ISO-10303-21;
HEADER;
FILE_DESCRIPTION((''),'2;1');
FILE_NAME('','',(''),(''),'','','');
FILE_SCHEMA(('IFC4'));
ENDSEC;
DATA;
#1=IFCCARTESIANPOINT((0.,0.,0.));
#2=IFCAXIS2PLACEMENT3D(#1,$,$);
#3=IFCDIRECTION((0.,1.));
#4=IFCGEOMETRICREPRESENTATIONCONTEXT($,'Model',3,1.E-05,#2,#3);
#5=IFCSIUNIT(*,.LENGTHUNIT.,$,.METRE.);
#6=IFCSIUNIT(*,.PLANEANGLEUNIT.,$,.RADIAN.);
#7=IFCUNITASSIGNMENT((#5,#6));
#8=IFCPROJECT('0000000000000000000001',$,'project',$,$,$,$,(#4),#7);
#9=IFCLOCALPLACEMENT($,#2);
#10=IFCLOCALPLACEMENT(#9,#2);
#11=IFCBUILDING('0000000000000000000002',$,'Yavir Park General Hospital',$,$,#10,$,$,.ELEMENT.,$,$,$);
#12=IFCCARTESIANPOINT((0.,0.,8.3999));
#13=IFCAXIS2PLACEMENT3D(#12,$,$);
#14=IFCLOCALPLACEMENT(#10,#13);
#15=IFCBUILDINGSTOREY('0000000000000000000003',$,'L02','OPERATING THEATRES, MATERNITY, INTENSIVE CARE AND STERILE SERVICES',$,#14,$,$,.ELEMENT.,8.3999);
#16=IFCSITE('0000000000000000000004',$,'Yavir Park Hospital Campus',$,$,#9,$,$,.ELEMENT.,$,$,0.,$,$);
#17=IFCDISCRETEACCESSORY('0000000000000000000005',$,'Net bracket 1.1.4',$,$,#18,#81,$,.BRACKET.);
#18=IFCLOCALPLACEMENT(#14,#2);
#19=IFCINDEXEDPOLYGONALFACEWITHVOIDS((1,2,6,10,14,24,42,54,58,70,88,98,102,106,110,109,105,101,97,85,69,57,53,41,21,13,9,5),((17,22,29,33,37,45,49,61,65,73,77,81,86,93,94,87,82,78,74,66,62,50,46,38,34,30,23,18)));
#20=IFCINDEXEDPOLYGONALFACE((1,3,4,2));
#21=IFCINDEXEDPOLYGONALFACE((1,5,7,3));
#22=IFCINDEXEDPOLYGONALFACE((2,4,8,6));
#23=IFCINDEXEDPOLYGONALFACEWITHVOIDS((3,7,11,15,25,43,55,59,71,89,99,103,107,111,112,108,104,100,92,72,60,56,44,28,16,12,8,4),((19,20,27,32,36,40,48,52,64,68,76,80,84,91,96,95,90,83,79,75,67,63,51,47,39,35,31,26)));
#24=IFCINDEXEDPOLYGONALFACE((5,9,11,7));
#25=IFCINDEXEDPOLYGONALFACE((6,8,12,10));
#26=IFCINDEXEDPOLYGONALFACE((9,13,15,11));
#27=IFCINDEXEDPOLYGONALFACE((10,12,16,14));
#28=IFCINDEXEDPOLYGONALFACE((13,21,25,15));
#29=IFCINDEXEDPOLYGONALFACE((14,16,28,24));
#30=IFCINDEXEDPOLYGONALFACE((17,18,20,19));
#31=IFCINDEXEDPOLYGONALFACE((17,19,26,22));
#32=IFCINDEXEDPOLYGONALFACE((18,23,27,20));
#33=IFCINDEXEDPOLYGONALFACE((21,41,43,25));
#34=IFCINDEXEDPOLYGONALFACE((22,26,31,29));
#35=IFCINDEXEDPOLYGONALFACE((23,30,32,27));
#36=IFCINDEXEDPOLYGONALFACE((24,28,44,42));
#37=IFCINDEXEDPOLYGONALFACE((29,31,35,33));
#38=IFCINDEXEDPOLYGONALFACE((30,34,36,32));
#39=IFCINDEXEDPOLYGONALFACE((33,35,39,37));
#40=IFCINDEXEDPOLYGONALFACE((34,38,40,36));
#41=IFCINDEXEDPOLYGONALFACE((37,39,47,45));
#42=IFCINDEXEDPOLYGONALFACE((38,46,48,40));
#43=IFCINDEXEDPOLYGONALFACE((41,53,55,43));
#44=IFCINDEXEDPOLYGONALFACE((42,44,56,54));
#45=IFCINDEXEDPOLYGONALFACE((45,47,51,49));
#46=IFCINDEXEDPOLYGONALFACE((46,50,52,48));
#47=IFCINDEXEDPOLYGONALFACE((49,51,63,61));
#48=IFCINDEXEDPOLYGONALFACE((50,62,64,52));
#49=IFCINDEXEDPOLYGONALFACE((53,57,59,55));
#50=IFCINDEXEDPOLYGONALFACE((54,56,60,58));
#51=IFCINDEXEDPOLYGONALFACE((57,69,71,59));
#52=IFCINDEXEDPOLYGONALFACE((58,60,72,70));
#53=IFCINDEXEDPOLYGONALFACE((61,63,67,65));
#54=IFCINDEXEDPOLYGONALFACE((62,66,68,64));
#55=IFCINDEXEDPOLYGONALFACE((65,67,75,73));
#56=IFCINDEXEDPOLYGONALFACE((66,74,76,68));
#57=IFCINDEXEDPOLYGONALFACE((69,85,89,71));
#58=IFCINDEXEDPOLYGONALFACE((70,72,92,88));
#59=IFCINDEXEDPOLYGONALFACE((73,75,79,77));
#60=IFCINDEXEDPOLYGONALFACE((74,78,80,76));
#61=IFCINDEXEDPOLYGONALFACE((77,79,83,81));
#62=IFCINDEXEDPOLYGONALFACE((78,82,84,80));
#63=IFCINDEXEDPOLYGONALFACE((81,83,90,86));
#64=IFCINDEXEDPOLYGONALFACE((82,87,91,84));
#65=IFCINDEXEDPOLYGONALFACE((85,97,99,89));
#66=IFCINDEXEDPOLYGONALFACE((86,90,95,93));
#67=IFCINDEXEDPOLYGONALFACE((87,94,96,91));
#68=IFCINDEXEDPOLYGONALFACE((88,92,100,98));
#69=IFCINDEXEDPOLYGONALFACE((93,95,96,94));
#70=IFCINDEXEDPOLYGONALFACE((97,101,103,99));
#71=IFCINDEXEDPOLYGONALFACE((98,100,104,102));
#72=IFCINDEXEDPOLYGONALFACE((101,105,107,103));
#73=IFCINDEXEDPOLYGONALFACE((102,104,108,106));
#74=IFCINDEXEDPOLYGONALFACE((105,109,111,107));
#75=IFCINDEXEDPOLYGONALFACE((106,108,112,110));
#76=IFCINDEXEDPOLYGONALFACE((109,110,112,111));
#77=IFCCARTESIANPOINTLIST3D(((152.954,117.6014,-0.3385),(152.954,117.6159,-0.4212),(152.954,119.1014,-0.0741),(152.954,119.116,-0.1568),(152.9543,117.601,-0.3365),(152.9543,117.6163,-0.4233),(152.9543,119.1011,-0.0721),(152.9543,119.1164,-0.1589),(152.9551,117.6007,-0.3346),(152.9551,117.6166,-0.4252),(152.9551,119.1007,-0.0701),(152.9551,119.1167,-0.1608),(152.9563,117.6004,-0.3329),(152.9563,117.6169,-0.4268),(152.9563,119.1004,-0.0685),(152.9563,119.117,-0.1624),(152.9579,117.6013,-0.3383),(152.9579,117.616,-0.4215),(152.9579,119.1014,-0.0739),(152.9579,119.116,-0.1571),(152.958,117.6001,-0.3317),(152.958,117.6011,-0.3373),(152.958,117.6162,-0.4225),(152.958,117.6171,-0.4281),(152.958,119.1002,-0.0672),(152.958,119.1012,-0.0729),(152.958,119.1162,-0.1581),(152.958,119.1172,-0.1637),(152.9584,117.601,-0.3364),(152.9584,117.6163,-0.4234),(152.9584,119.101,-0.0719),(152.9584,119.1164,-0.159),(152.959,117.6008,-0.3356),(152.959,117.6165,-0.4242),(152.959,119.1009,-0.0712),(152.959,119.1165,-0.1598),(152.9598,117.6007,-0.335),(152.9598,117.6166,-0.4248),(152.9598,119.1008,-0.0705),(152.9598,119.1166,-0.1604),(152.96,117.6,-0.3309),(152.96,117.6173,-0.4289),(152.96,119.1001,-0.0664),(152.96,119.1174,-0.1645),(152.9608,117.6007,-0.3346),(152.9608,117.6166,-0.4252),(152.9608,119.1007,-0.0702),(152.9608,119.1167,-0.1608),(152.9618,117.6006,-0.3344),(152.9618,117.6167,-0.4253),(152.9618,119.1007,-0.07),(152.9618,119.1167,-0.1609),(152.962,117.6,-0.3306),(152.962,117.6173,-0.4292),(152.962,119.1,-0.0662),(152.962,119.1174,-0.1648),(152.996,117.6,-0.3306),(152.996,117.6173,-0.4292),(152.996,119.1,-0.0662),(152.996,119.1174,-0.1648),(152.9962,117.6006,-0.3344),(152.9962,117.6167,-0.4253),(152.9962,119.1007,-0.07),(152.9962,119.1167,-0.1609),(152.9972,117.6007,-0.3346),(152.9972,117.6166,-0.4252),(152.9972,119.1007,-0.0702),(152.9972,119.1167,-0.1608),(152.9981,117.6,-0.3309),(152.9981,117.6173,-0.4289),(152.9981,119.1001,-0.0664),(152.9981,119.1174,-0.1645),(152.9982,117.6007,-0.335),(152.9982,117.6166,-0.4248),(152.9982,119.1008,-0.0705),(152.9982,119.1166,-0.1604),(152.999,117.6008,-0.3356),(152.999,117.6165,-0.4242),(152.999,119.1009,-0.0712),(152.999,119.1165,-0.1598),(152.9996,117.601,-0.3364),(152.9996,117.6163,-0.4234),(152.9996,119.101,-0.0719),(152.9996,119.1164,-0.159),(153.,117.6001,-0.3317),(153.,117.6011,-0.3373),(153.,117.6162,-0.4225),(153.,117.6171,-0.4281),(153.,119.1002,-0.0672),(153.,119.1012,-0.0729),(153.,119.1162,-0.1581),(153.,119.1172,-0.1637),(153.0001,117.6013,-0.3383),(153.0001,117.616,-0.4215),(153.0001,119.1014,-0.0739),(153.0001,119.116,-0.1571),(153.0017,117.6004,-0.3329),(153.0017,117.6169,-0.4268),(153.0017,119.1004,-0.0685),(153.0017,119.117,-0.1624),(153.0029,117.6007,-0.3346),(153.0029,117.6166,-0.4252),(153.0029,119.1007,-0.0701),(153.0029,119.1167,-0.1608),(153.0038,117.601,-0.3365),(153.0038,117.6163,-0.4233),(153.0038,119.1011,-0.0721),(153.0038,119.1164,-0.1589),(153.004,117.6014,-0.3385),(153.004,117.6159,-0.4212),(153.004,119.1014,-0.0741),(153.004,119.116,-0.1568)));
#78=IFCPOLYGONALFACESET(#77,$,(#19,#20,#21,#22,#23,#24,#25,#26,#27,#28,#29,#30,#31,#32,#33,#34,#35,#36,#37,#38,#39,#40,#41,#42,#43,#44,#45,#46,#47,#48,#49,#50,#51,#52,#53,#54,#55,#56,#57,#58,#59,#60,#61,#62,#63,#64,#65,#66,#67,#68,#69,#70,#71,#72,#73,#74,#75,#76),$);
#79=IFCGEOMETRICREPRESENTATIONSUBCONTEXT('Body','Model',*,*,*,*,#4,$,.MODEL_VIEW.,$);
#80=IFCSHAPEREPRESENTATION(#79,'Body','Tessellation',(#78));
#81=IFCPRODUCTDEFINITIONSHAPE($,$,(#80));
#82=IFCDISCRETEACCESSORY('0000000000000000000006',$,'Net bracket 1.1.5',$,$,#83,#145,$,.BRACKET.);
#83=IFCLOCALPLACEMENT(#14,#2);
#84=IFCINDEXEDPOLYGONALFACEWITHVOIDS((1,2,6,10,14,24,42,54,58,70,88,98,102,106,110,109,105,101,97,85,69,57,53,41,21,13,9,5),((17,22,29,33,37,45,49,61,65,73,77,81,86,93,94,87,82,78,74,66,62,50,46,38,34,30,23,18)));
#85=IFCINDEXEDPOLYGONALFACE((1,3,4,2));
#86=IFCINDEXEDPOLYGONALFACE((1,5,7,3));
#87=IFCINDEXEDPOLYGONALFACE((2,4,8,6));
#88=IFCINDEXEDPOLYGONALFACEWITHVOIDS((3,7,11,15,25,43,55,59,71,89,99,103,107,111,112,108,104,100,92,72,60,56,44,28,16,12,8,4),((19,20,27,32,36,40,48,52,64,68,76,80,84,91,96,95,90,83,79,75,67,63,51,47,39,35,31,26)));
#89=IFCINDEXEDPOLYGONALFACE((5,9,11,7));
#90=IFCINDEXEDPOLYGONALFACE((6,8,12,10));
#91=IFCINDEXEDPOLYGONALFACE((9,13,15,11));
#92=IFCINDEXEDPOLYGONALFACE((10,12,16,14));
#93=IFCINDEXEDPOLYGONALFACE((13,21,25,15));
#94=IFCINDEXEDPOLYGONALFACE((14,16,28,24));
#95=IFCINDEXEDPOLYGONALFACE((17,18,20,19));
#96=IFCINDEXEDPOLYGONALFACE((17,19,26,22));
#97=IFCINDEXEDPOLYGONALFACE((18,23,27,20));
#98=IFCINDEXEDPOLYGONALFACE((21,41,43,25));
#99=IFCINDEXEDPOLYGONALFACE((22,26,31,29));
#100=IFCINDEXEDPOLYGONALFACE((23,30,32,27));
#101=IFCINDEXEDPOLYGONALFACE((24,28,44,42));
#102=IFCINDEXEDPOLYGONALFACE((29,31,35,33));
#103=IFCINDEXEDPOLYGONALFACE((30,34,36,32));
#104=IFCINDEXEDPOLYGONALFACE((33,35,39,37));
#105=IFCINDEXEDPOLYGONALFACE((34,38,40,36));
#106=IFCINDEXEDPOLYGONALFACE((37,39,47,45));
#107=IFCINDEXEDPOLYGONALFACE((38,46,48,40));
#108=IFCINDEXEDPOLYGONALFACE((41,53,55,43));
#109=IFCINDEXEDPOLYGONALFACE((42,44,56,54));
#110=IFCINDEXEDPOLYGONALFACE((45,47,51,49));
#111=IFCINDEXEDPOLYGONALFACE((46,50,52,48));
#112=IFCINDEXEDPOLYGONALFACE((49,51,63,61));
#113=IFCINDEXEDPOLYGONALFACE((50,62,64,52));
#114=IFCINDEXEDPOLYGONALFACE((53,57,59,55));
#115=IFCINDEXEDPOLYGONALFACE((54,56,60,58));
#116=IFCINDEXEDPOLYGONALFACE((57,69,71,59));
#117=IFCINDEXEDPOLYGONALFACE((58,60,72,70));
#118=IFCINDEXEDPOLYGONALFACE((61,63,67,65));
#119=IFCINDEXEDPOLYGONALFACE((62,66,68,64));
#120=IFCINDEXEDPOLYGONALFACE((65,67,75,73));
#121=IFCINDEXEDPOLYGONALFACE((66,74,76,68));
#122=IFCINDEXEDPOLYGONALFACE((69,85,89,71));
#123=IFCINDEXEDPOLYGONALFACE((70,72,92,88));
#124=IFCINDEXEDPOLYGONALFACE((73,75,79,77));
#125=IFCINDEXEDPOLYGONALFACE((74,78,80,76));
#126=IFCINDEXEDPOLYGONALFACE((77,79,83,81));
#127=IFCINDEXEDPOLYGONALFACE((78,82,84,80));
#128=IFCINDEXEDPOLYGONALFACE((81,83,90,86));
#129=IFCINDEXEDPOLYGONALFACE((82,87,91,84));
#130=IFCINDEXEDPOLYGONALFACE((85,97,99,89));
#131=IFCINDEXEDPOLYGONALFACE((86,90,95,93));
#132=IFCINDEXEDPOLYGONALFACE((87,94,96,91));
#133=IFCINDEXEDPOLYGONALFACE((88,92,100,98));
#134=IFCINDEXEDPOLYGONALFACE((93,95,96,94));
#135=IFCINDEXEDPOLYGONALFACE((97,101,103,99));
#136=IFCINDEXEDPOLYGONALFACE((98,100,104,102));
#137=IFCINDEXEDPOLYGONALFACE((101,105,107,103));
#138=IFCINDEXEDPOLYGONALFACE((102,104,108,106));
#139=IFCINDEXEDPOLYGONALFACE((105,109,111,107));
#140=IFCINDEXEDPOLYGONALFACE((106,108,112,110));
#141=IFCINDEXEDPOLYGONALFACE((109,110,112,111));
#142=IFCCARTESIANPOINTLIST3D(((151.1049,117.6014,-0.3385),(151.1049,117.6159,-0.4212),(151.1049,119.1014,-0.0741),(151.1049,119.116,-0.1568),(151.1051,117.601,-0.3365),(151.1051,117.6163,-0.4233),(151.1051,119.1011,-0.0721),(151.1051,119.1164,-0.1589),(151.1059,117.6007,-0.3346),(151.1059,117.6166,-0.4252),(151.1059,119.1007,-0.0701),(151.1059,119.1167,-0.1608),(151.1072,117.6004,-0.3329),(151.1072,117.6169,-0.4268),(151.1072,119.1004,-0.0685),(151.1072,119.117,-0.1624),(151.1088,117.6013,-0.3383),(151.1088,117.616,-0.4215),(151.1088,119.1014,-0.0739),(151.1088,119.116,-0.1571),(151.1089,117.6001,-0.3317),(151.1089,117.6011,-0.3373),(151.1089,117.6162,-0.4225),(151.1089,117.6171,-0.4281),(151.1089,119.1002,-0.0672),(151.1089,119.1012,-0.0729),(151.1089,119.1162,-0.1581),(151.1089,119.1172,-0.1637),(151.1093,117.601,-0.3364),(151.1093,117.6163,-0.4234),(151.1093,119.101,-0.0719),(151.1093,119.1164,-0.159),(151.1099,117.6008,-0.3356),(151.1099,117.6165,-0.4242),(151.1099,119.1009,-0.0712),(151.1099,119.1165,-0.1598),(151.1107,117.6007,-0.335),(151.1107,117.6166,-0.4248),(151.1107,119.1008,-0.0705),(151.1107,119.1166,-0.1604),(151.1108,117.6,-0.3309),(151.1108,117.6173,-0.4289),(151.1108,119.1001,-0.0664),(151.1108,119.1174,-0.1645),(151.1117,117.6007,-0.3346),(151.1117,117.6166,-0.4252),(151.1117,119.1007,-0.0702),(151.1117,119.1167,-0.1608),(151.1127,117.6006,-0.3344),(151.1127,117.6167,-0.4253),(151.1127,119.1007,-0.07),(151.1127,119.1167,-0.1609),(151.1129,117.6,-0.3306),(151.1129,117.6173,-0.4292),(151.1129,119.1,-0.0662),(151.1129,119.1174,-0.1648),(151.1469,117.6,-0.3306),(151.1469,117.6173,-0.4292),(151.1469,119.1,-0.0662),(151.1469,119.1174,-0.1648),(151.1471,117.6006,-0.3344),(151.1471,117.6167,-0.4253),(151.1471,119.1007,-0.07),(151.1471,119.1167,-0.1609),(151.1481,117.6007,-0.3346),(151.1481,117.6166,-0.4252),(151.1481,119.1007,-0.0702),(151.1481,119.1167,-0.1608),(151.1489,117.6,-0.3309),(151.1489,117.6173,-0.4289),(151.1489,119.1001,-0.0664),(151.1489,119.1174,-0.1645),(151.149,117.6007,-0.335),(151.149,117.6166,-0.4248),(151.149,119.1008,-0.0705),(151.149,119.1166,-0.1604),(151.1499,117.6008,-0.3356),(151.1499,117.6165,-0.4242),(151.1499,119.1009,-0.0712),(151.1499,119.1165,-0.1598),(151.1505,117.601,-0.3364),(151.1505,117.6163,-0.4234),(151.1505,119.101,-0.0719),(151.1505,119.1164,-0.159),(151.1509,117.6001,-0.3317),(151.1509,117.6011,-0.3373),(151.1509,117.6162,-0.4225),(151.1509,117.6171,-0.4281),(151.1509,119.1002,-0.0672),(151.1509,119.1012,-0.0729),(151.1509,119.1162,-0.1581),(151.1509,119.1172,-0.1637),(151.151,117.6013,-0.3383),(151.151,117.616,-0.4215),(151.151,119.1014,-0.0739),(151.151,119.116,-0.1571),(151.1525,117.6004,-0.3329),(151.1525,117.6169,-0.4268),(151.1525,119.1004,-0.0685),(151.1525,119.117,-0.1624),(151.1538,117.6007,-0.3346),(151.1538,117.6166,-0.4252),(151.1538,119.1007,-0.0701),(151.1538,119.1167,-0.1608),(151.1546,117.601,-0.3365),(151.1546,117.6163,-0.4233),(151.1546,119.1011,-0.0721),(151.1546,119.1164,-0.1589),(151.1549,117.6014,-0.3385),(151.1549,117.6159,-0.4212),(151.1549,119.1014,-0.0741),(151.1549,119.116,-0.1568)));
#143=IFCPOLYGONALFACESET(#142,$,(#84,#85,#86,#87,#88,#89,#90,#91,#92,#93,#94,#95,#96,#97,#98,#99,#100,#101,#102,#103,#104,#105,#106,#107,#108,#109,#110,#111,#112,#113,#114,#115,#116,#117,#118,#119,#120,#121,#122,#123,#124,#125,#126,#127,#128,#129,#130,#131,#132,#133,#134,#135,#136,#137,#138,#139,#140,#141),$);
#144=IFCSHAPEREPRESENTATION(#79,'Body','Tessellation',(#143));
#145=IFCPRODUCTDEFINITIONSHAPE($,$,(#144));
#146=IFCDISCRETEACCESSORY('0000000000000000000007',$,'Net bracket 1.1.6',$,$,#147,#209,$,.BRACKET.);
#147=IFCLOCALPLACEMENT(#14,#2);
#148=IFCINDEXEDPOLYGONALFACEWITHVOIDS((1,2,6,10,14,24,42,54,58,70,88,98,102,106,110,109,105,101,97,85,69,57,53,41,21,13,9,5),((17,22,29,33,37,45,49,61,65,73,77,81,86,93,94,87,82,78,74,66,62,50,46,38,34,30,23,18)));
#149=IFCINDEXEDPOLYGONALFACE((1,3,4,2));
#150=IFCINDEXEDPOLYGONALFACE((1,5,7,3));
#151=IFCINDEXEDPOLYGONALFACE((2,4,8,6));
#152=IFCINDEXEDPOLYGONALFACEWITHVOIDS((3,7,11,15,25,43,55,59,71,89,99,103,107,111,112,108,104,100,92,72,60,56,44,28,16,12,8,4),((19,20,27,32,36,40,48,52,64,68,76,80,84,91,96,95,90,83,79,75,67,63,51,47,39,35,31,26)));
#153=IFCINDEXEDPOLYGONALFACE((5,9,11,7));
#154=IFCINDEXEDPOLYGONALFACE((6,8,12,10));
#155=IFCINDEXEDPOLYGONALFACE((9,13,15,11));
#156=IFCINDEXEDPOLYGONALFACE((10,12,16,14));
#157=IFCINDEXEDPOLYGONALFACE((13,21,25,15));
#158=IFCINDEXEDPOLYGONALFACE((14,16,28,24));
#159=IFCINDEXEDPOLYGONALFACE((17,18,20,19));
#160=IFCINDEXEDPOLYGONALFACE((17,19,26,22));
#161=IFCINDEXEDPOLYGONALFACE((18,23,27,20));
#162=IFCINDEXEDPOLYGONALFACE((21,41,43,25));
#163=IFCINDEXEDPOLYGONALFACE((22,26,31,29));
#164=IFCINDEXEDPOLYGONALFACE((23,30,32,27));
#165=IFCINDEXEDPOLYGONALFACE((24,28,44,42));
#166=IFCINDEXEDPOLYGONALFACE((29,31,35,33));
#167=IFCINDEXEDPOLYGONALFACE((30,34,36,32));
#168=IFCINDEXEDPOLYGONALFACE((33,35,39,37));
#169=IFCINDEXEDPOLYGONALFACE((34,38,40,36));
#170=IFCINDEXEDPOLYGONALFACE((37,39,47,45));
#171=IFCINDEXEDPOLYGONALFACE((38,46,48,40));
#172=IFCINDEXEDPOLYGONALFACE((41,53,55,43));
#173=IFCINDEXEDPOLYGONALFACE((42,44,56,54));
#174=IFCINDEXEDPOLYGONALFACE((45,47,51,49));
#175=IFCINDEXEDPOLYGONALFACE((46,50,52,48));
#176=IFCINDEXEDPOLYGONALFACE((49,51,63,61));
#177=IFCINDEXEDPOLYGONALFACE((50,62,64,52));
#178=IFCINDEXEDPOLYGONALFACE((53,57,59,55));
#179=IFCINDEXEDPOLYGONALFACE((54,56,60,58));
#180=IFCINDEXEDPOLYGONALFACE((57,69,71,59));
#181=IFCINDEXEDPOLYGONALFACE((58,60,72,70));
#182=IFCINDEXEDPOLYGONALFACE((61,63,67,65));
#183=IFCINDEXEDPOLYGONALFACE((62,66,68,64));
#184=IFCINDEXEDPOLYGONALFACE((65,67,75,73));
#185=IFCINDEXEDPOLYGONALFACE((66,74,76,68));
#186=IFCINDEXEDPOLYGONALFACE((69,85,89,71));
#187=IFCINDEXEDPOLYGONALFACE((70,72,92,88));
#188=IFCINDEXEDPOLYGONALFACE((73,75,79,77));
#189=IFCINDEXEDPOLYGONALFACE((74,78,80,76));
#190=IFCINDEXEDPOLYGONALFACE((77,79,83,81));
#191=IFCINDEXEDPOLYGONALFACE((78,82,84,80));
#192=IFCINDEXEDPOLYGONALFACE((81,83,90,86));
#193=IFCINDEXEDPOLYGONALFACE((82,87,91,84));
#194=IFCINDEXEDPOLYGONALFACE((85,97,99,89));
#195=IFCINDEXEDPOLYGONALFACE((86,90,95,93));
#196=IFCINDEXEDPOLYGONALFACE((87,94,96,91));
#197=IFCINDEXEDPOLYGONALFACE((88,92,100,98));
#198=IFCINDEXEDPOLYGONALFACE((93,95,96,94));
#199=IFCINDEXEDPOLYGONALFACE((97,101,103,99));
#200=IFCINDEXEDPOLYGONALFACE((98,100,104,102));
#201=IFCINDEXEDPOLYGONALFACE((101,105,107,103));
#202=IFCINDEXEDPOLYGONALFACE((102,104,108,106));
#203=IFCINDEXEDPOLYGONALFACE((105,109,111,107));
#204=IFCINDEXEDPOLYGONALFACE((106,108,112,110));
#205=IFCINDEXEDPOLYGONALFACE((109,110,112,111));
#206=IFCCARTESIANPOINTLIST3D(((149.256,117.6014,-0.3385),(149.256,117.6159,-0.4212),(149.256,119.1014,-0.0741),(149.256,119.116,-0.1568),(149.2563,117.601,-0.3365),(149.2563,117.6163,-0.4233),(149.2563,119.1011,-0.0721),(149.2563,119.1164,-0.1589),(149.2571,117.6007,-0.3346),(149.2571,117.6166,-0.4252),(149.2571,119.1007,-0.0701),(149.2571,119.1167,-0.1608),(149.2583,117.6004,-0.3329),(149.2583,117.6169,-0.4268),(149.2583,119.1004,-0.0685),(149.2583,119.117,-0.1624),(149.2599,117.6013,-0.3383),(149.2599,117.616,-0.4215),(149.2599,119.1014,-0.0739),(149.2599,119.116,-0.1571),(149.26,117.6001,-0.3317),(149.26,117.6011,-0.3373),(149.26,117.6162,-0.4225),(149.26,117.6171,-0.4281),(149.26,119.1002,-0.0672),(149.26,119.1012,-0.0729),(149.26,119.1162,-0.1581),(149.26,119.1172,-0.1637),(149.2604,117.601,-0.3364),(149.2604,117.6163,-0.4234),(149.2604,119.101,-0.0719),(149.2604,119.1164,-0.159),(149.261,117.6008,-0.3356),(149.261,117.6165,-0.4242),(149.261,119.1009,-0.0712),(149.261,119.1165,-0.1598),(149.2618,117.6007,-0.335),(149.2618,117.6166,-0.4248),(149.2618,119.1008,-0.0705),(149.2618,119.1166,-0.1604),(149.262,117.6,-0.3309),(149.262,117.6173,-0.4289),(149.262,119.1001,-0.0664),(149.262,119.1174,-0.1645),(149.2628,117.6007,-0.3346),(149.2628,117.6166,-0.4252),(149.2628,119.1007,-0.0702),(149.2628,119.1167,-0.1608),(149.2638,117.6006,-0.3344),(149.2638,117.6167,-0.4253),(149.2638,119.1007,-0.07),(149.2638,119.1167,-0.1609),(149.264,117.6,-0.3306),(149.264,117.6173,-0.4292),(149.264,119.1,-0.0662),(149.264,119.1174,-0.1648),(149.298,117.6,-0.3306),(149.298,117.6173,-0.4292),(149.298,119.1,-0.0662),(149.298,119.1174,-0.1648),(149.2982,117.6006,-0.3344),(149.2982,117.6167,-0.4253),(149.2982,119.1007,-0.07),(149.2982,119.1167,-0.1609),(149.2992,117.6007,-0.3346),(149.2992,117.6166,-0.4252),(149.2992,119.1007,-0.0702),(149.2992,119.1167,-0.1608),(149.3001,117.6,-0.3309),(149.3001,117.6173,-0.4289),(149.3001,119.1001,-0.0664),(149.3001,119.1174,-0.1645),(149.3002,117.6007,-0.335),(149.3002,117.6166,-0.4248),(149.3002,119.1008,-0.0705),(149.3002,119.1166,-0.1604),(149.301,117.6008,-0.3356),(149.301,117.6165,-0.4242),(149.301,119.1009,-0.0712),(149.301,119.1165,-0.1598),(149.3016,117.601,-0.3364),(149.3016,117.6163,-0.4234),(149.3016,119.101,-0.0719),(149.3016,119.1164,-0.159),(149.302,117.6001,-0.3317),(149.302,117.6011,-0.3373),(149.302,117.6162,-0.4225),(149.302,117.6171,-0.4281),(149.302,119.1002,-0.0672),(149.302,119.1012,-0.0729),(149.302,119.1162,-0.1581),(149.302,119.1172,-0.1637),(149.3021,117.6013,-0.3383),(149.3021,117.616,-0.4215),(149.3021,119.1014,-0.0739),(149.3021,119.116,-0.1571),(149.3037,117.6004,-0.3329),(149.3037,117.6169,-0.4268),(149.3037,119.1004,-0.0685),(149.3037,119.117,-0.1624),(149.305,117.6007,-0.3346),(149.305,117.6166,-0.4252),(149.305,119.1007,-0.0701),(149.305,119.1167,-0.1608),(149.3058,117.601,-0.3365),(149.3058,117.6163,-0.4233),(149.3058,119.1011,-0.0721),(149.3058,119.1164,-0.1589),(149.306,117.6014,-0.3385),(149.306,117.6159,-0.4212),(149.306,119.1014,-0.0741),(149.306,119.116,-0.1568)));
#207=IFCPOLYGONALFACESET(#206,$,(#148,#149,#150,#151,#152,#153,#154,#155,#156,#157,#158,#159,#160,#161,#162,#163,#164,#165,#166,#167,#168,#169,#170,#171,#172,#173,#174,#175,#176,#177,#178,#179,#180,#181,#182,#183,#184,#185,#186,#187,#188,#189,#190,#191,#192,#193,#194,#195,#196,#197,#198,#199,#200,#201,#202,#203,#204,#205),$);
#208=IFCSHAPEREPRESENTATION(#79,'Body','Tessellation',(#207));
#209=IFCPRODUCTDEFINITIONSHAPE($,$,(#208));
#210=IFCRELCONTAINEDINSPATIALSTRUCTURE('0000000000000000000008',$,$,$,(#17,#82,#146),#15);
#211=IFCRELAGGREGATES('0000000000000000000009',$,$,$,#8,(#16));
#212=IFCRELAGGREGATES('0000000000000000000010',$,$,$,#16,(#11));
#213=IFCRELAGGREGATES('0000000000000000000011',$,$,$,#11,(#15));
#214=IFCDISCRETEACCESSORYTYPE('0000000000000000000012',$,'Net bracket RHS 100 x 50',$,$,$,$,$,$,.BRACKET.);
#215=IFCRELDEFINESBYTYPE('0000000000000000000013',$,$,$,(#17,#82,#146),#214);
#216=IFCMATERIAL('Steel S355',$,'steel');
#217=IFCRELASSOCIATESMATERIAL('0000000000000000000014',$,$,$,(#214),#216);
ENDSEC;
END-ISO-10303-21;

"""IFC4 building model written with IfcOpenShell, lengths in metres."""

from ifc_helpers import new_model, si_unit, direction, frame, origin, origin_2d, place, context, subcontext, project, spatial, hollow_rectangle, extrude, material, material_profile, profile_set, type_object, element, save


model = new_model("IFC4")

# Units and contexts
model_context = context("Model", 3, precision=1e-05, world=origin(), true_north=direction((0.0, 1.0)))
body_context = subcontext(model_context, "Body", "Model", "MODEL_VIEW")
ifc_project = project(units=[si_unit("LENGTHUNIT", "METRE"), si_unit("PLANEANGLEUNIT", "RADIAN")], contexts=[model_context])

# Site, building, storey
site_placement = place(None, origin())
site = spatial("IfcSite", under=ifc_project, at=site_placement, Name="Yavir Park Hospital Campus", CompositionType="ELEMENT", RefElevation=0.0)
building_placement = place(site_placement, origin())
building = spatial("IfcBuilding", under=site, at=building_placement, Name="Yavir Park General Hospital", CompositionType="ELEMENT")
storey_placement = place(building_placement, frame((0.0, 0.0, 8.3999)))
storey = spatial("IfcBuildingStorey", under=building, at=storey_placement, Name="L02", Description="OPERATING THEATRES, MATERNITY, INTENSIVE CARE AND STERILE SERVICES", CompositionType="ELEMENT", Elevation=8.3999)

# Discrete accessories
ifc_material_1 = material(Name="Steel S355", Category="steel")
ifc_material_profile_1 = material_profile(ifc_material_1, hollow_rectangle(XDim=0.05, YDim=0.1001, WallThickness=0.0039, InnerFilletRadius=0.0039, OuterFilletRadius=0.0081, at=origin_2d()), Name="RHS100x50x4")
ifc_profile_set_1 = profile_set([ifc_material_profile_1], Name="Steel S355")
discrete_accessory_type = type_object("IfcDiscreteAccessoryType", Name="Net bracket RHS 100 x 50", PredefinedType="BRACKET", material=ifc_profile_set_1)
for number, where, z_axis, x_axis, name in (
    (1, (152.979, 117.6086, -0.3799), (0.0, 0.984817, 0.173593), (-1.0, 0.0, 0.0), "Net bracket 1.1.4"),
    (2, (151.1299, 117.6086, -0.3799), (0.0, 0.984817, 0.173593), (-1.0, 0.0, 0.0), "Net bracket 1.1.5"),
    (3, (149.281, 117.6086, -0.3799), (0.0, 0.984817, 0.173593), (-1.0, 0.0, 0.0), "Net bracket 1.1.6"),
):
    element("IfcDiscreteAccessory", number, at=place(storey_placement, frame(where, z_axis=z_axis, x_axis=x_axis)), inside=storey, type_object=discrete_accessory_type, Name=name, PredefinedType="BRACKET", context=body_context, shape_type="SweptSolid", body=[
        extrude(hollow_rectangle(XDim=0.05, YDim=0.1001, WallThickness=0.0039, InnerFilletRadius=0.0039, OuterFilletRadius=0.0081, at=origin_2d()), origin(), (0.0, 0.0, 1.0), 1.5232),
    ])

save(model, "model.ifc")
